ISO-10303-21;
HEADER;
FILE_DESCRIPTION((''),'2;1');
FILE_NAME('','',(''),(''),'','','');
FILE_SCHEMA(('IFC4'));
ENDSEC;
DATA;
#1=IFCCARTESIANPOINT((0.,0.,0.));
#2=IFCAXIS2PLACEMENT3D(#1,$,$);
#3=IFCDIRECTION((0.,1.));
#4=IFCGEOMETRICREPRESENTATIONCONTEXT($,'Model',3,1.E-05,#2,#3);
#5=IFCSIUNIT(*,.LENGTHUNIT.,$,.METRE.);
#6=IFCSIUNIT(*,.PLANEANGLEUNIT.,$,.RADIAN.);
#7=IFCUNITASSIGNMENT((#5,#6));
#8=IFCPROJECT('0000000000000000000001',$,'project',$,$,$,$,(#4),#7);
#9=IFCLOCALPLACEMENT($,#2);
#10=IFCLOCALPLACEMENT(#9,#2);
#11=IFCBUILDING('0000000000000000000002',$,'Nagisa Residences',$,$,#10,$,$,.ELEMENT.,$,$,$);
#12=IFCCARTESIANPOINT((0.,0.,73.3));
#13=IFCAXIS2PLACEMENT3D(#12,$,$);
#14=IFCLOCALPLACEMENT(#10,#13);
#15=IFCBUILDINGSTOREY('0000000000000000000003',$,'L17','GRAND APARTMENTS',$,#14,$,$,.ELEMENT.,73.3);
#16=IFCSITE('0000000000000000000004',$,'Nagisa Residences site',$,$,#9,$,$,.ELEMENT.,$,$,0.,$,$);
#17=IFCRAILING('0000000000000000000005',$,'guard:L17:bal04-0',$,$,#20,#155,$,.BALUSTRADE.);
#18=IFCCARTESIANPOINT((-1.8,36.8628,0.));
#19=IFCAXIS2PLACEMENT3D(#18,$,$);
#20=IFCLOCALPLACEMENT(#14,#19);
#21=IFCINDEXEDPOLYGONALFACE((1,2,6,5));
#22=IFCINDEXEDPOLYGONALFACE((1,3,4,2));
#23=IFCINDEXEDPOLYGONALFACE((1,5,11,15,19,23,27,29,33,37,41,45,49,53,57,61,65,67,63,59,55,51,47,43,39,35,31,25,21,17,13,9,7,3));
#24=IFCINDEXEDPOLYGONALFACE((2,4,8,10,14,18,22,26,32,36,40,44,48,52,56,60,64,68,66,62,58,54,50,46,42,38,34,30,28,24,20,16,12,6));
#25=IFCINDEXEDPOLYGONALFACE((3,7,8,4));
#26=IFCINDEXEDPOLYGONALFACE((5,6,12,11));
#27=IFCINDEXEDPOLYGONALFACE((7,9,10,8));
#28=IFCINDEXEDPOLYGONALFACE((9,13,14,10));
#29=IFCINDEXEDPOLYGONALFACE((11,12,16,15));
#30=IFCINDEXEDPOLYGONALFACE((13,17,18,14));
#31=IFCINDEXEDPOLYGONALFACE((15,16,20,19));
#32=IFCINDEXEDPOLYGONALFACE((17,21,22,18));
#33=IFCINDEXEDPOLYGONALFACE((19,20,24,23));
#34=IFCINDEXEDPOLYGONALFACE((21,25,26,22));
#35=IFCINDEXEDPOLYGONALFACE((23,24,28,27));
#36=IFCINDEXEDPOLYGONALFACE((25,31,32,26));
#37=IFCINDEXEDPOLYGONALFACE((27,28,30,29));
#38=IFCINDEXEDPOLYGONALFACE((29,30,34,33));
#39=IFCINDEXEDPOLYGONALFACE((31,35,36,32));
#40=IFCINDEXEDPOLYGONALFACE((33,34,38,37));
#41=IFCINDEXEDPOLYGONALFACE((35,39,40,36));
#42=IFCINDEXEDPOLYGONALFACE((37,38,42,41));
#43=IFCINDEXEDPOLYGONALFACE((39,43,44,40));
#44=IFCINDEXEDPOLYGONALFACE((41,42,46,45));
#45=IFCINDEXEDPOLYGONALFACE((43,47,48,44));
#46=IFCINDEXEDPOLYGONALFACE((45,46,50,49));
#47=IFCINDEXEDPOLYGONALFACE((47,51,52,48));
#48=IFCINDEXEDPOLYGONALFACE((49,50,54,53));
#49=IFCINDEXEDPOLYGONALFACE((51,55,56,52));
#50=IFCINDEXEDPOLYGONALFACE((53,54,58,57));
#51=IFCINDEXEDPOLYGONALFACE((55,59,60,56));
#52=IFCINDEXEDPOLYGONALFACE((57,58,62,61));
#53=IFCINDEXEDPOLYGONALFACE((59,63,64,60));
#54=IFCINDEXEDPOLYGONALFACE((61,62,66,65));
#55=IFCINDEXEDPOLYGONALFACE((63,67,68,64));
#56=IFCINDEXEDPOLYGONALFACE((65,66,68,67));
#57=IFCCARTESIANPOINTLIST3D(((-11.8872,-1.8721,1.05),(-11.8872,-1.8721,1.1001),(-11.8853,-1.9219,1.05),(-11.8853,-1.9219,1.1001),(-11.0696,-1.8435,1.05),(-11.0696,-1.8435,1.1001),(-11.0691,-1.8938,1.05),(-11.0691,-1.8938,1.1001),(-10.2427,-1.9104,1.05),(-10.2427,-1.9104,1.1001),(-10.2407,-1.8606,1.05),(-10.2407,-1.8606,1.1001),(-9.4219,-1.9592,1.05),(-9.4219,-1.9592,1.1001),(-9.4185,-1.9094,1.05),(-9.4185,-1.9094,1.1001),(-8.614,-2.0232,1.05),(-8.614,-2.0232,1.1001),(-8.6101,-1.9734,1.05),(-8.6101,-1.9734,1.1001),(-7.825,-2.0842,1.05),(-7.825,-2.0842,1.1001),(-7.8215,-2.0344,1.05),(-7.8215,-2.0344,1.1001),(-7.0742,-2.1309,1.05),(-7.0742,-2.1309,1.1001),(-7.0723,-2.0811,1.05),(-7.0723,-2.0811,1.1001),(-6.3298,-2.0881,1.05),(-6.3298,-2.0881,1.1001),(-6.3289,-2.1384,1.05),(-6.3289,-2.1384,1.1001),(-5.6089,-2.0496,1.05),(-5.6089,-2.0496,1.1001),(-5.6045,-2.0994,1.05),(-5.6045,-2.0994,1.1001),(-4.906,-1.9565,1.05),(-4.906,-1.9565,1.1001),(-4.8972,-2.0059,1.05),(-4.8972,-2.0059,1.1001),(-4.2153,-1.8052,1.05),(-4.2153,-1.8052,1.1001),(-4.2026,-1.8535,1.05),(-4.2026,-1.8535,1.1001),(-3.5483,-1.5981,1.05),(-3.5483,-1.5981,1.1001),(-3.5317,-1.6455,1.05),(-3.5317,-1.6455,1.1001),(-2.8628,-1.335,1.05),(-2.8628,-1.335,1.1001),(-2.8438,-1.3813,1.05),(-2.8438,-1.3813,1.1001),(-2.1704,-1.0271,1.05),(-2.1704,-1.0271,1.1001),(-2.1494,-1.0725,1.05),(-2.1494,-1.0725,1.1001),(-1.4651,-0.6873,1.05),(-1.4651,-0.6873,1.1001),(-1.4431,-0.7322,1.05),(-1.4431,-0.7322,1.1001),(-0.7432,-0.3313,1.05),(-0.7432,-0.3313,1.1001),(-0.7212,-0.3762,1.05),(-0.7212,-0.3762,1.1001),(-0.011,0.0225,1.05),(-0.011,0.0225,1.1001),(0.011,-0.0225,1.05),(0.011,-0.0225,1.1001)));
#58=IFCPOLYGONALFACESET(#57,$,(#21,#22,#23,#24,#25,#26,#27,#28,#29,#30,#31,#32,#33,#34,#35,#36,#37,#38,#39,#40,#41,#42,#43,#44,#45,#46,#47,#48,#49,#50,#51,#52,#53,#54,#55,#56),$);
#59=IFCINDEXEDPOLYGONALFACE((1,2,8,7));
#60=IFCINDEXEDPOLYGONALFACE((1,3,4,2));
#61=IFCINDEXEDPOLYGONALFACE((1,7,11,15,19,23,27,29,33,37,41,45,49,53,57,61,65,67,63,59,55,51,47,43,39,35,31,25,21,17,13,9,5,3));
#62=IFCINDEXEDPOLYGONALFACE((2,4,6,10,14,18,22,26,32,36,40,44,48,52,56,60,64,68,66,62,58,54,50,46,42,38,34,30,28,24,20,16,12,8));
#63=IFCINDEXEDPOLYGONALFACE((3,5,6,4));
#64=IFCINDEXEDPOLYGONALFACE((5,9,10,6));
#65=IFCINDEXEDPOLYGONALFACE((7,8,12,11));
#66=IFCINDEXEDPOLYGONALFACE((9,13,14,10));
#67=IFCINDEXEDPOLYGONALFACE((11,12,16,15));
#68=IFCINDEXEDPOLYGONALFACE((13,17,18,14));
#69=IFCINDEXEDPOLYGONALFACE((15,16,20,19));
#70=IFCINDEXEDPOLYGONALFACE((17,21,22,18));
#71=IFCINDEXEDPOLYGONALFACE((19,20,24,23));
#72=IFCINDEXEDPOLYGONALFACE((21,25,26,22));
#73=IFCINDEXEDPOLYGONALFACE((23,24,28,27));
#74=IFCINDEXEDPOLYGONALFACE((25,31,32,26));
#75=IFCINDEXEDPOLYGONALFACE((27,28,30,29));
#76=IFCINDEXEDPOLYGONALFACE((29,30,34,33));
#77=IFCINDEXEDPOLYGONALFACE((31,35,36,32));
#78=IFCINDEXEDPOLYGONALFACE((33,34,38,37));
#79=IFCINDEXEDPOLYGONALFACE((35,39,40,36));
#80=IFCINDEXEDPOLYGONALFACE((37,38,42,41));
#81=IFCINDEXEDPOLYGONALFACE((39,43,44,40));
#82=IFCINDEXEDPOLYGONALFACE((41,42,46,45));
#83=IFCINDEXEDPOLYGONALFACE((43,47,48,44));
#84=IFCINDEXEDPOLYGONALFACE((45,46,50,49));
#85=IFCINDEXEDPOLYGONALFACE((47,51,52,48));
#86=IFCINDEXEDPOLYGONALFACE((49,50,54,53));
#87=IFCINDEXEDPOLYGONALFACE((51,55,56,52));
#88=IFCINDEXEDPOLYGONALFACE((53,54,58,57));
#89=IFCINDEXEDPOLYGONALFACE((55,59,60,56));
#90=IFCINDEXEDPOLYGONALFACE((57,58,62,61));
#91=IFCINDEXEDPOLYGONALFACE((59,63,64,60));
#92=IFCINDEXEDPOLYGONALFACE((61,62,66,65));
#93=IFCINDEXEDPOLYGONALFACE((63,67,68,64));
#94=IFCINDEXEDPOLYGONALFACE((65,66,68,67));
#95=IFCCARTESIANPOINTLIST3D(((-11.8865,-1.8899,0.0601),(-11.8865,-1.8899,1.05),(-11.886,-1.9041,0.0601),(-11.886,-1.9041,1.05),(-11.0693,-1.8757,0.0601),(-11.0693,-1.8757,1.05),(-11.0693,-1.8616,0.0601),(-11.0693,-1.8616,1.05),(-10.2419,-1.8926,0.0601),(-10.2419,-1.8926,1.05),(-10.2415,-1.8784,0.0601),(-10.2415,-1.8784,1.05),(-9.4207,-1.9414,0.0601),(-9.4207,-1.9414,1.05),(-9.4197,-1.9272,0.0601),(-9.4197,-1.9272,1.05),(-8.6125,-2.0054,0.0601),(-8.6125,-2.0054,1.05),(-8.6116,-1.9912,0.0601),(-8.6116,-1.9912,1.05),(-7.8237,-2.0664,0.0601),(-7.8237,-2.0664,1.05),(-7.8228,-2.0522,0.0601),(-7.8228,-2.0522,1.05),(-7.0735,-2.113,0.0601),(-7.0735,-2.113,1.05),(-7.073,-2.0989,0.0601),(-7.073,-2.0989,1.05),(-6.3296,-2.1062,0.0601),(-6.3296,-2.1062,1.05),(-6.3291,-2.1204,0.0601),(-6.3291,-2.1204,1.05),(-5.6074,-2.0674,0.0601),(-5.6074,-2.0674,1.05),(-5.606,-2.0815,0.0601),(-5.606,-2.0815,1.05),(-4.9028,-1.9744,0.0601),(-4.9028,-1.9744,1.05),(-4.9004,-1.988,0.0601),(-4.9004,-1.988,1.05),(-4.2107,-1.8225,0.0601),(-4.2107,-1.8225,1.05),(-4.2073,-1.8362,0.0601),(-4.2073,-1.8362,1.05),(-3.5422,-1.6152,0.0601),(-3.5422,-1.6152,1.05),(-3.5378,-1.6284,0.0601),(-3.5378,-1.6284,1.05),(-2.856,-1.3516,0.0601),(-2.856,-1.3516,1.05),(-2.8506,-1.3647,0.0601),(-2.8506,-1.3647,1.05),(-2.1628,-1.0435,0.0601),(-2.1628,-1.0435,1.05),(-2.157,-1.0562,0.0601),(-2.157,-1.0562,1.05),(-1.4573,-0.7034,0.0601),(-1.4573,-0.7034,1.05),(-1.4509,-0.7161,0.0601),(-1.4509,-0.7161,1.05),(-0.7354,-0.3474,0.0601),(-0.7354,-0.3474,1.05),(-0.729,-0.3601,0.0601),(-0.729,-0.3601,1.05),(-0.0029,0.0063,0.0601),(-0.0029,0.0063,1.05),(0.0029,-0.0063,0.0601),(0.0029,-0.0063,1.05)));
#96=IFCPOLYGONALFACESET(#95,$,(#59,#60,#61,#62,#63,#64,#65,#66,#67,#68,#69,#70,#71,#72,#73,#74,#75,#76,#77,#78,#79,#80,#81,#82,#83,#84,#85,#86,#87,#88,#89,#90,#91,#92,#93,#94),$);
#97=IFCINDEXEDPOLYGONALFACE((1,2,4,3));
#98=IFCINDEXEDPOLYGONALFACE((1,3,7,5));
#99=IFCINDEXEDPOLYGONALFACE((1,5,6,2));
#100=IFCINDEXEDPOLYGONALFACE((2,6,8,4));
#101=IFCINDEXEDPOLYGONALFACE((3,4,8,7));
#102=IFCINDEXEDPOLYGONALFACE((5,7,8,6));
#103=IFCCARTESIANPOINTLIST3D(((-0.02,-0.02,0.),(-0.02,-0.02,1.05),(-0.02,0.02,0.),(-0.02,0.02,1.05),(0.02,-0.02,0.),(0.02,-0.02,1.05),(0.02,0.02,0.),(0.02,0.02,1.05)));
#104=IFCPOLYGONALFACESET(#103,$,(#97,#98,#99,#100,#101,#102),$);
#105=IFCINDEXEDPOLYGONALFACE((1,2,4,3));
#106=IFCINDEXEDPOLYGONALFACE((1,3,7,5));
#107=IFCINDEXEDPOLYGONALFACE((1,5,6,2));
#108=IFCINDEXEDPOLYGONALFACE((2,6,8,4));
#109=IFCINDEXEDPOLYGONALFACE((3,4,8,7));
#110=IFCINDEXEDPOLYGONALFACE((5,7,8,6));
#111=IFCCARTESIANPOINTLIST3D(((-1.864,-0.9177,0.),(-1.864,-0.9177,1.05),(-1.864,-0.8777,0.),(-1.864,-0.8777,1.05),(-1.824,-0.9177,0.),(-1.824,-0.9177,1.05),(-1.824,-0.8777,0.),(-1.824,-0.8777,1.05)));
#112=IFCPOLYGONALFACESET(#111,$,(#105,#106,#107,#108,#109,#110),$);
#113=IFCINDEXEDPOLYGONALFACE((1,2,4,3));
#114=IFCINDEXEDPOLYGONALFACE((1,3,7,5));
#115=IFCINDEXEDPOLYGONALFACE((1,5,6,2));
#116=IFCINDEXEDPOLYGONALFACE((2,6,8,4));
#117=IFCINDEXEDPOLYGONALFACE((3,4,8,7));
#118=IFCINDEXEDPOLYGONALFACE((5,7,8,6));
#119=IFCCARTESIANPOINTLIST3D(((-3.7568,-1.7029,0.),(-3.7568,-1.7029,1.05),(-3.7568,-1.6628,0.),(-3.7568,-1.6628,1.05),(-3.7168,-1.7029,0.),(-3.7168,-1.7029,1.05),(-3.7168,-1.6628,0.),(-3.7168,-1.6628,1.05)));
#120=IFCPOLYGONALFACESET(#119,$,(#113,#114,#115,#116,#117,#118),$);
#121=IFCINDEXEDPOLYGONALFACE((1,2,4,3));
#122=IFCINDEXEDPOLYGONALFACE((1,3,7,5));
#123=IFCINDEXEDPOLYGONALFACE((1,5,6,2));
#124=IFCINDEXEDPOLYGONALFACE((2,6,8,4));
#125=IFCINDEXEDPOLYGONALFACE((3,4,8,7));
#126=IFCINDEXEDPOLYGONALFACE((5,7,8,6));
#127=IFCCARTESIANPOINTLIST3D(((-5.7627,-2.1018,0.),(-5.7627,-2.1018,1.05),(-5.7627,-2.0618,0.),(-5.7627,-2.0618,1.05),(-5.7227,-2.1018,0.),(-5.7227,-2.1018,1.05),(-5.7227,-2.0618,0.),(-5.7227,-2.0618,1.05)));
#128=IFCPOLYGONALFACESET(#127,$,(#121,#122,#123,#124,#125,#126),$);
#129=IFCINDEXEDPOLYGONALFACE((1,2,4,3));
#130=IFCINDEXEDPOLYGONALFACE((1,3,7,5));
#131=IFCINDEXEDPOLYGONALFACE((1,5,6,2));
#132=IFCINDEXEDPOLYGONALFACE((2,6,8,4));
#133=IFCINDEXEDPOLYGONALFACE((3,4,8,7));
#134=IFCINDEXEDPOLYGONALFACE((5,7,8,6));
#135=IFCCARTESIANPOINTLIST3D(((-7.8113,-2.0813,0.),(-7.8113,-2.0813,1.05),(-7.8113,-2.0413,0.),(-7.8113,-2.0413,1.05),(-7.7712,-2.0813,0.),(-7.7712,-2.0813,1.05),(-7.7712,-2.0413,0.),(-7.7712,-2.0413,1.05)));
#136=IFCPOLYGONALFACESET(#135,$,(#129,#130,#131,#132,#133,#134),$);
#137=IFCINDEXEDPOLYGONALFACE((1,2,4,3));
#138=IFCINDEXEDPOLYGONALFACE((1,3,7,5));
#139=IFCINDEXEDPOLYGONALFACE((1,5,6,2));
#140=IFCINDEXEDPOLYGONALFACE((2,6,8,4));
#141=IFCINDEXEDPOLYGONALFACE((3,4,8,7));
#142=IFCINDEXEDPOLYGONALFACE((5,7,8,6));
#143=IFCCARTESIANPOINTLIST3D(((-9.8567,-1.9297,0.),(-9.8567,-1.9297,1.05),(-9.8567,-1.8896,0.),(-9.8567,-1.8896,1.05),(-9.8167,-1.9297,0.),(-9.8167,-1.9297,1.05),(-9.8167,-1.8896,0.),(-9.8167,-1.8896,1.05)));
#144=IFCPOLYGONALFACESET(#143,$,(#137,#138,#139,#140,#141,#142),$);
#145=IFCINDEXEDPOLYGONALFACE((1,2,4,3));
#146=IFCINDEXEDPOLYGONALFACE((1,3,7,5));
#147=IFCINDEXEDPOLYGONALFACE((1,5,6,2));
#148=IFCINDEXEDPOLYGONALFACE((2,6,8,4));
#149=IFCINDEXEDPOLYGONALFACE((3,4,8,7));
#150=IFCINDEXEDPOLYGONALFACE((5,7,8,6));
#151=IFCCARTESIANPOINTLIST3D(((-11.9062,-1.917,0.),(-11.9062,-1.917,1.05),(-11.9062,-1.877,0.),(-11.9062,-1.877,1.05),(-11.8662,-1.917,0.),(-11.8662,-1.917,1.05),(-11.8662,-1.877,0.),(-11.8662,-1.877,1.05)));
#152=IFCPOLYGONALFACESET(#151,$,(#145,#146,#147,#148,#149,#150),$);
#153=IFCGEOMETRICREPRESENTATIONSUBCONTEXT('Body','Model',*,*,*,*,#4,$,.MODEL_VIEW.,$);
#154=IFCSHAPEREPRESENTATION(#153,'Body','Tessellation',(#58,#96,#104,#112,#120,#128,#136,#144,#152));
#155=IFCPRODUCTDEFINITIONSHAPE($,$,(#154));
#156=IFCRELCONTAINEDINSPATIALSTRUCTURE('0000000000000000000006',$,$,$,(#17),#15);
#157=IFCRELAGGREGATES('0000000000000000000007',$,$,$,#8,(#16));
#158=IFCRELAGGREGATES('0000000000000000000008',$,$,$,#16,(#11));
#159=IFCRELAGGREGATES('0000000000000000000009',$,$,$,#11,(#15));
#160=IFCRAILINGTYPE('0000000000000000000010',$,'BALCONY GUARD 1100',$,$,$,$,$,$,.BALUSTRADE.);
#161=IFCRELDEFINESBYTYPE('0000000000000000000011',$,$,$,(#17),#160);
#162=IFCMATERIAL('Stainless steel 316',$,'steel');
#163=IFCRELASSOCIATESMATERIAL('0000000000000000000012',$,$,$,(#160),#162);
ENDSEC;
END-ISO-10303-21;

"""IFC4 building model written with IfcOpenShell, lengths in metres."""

from ifc_helpers import new_model, si_unit, direction, frame, origin, origin_2d, place, context, subcontext, project, spatial, polyline, rectangle, outline, extrude, material, type_object, element, save


model = new_model("IFC4")

# Units and contexts
model_context = context("Model", 3, precision=1e-05, world=origin(), true_north=direction((0.0, 1.0)))
body_context = subcontext(model_context, "Body", "Model", "MODEL_VIEW")
ifc_project = project(units=[si_unit("LENGTHUNIT", "METRE"), si_unit("PLANEANGLEUNIT", "RADIAN")], contexts=[model_context])

# Site, building, storey
site_placement = place(None, origin())
site = spatial("IfcSite", under=ifc_project, at=site_placement, Name="Nagisa Residences site", CompositionType="ELEMENT", RefElevation=0.0)
building_placement = place(site_placement, origin())
building = spatial("IfcBuilding", under=site, at=building_placement, Name="Nagisa Residences", CompositionType="ELEMENT")
storey_placement = place(building_placement, frame((0.0, 0.0, 73.3)))
storey = spatial("IfcBuildingStorey", under=building, at=storey_placement, Name="L17", Description="GRAND APARTMENTS", CompositionType="ELEMENT", Elevation=73.3)

# Railing
ifc_material_1 = material(Name="Stainless steel 316", Category="steel")
railing_type = type_object("IfcRailingType", Name="BALCONY GUARD 1100", PredefinedType="BALUSTRADE", material=ifc_material_1)
railing_placement = place(storey_placement, frame((-1.8, 36.8628, 0.0)))
element("IfcRailing", 1, at=railing_placement, inside=storey, type_object=railing_type, Name="guard:L17:bal04-0", PredefinedType="BALUSTRADE", context=body_context, shape_type="SweptSolid", body=[
    extrude(outline(polyline([(-0.7212, -0.3762), (0.011, -0.0225), (-0.011, 0.0225), (-0.7432, -0.3313), (-1.4651, -0.6873), (-2.1704, -1.0271), (-2.8628, -1.335), (-3.5483, -1.5981), (-4.2153, -1.8052), (-4.906, -1.9565), (-5.6089, -2.0496), (-6.3298, -2.0881), (-7.0723, -2.0811), (-7.8215, -2.0344), (-8.6101, -1.9734), (-9.4185, -1.9094), (-10.2407, -1.8606), (-11.0696, -1.8435), (-11.8872, -1.8721), (-11.8853, -1.9219), (-11.0691, -1.8938), (-10.2427, -1.9104), (-9.4219, -1.9592), (-8.614, -2.0232), (-7.825, -2.0842), (-7.0742, -2.1309), (-6.3289, -2.1384), (-5.6045, -2.0994), (-4.8972, -2.0059), (-4.2026, -1.8535), (-3.5317, -1.6455), (-2.8438, -1.3813), (-2.1494, -1.0725), (-1.4431, -0.7322), (-0.7212, -0.3762)])), frame((0.0, 0.0, 1.05)), (0.0, 0.0, 1.0), 0.05),
    extrude(outline(polyline([(-0.729, -0.3601), (0.0029, -0.0063), (-0.0029, 0.0063), (-0.7354, -0.3474), (-1.4573, -0.7034), (-2.1628, -1.0435), (-2.856, -1.3516), (-3.5422, -1.6152), (-4.2107, -1.8225), (-4.9028, -1.9744), (-5.6074, -2.0674), (-6.3296, -2.1062), (-7.073, -2.0989), (-7.8228, -2.0522), (-8.6116, -1.9912), (-9.4197, -1.9272), (-10.2415, -1.8784), (-11.0693, -1.8616), (-11.8865, -1.8899), (-11.886, -1.9041), (-11.0693, -1.8757), (-10.2419, -1.8926), (-9.4207, -1.9414), (-8.6125, -2.0054), (-7.8237, -2.0664), (-7.0735, -2.113), (-6.3291, -2.1204), (-5.606, -2.0815), (-4.9004, -1.988), (-4.2073, -1.8362), (-3.5378, -1.6284), (-2.8506, -1.3647), (-2.157, -1.0562), (-1.4509, -0.7161), (-0.729, -0.3601)])), frame((0.0, 0.0, 0.0601)), (0.0, 0.0, 1.0), 0.99),
    extrude(rectangle(XDim=0.04, YDim=0.04, at=origin_2d()), origin(), (0.0, 0.0, 1.0), 1.05),
    extrude(rectangle(XDim=0.04, YDim=0.04, at=origin_2d()), frame((-1.844, -0.8977, 0.0)), (0.0, 0.0, 1.0), 1.05),
    extrude(rectangle(XDim=0.04, YDim=0.04, at=origin_2d()), frame((-3.7368, -1.6829, 0.0)), (0.0, 0.0, 1.0), 1.05),
    extrude(rectangle(XDim=0.04, YDim=0.04, at=origin_2d()), frame((-5.7427, -2.0818, 0.0)), (0.0, 0.0, 1.0), 1.05),
    extrude(rectangle(XDim=0.04, YDim=0.04, at=origin_2d()), frame((-7.7913, -2.0613, 0.0)), (0.0, 0.0, 1.0), 1.05),
    extrude(rectangle(XDim=0.04, YDim=0.04, at=origin_2d()), frame((-9.8367, -1.9097, 0.0)), (0.0, 0.0, 1.0), 1.05),
    extrude(rectangle(XDim=0.04, YDim=0.04, at=origin_2d()), frame((-11.8862, -1.897, 0.0)), (0.0, 0.0, 1.0), 1.05),
])

save(model, "model.ifc")
